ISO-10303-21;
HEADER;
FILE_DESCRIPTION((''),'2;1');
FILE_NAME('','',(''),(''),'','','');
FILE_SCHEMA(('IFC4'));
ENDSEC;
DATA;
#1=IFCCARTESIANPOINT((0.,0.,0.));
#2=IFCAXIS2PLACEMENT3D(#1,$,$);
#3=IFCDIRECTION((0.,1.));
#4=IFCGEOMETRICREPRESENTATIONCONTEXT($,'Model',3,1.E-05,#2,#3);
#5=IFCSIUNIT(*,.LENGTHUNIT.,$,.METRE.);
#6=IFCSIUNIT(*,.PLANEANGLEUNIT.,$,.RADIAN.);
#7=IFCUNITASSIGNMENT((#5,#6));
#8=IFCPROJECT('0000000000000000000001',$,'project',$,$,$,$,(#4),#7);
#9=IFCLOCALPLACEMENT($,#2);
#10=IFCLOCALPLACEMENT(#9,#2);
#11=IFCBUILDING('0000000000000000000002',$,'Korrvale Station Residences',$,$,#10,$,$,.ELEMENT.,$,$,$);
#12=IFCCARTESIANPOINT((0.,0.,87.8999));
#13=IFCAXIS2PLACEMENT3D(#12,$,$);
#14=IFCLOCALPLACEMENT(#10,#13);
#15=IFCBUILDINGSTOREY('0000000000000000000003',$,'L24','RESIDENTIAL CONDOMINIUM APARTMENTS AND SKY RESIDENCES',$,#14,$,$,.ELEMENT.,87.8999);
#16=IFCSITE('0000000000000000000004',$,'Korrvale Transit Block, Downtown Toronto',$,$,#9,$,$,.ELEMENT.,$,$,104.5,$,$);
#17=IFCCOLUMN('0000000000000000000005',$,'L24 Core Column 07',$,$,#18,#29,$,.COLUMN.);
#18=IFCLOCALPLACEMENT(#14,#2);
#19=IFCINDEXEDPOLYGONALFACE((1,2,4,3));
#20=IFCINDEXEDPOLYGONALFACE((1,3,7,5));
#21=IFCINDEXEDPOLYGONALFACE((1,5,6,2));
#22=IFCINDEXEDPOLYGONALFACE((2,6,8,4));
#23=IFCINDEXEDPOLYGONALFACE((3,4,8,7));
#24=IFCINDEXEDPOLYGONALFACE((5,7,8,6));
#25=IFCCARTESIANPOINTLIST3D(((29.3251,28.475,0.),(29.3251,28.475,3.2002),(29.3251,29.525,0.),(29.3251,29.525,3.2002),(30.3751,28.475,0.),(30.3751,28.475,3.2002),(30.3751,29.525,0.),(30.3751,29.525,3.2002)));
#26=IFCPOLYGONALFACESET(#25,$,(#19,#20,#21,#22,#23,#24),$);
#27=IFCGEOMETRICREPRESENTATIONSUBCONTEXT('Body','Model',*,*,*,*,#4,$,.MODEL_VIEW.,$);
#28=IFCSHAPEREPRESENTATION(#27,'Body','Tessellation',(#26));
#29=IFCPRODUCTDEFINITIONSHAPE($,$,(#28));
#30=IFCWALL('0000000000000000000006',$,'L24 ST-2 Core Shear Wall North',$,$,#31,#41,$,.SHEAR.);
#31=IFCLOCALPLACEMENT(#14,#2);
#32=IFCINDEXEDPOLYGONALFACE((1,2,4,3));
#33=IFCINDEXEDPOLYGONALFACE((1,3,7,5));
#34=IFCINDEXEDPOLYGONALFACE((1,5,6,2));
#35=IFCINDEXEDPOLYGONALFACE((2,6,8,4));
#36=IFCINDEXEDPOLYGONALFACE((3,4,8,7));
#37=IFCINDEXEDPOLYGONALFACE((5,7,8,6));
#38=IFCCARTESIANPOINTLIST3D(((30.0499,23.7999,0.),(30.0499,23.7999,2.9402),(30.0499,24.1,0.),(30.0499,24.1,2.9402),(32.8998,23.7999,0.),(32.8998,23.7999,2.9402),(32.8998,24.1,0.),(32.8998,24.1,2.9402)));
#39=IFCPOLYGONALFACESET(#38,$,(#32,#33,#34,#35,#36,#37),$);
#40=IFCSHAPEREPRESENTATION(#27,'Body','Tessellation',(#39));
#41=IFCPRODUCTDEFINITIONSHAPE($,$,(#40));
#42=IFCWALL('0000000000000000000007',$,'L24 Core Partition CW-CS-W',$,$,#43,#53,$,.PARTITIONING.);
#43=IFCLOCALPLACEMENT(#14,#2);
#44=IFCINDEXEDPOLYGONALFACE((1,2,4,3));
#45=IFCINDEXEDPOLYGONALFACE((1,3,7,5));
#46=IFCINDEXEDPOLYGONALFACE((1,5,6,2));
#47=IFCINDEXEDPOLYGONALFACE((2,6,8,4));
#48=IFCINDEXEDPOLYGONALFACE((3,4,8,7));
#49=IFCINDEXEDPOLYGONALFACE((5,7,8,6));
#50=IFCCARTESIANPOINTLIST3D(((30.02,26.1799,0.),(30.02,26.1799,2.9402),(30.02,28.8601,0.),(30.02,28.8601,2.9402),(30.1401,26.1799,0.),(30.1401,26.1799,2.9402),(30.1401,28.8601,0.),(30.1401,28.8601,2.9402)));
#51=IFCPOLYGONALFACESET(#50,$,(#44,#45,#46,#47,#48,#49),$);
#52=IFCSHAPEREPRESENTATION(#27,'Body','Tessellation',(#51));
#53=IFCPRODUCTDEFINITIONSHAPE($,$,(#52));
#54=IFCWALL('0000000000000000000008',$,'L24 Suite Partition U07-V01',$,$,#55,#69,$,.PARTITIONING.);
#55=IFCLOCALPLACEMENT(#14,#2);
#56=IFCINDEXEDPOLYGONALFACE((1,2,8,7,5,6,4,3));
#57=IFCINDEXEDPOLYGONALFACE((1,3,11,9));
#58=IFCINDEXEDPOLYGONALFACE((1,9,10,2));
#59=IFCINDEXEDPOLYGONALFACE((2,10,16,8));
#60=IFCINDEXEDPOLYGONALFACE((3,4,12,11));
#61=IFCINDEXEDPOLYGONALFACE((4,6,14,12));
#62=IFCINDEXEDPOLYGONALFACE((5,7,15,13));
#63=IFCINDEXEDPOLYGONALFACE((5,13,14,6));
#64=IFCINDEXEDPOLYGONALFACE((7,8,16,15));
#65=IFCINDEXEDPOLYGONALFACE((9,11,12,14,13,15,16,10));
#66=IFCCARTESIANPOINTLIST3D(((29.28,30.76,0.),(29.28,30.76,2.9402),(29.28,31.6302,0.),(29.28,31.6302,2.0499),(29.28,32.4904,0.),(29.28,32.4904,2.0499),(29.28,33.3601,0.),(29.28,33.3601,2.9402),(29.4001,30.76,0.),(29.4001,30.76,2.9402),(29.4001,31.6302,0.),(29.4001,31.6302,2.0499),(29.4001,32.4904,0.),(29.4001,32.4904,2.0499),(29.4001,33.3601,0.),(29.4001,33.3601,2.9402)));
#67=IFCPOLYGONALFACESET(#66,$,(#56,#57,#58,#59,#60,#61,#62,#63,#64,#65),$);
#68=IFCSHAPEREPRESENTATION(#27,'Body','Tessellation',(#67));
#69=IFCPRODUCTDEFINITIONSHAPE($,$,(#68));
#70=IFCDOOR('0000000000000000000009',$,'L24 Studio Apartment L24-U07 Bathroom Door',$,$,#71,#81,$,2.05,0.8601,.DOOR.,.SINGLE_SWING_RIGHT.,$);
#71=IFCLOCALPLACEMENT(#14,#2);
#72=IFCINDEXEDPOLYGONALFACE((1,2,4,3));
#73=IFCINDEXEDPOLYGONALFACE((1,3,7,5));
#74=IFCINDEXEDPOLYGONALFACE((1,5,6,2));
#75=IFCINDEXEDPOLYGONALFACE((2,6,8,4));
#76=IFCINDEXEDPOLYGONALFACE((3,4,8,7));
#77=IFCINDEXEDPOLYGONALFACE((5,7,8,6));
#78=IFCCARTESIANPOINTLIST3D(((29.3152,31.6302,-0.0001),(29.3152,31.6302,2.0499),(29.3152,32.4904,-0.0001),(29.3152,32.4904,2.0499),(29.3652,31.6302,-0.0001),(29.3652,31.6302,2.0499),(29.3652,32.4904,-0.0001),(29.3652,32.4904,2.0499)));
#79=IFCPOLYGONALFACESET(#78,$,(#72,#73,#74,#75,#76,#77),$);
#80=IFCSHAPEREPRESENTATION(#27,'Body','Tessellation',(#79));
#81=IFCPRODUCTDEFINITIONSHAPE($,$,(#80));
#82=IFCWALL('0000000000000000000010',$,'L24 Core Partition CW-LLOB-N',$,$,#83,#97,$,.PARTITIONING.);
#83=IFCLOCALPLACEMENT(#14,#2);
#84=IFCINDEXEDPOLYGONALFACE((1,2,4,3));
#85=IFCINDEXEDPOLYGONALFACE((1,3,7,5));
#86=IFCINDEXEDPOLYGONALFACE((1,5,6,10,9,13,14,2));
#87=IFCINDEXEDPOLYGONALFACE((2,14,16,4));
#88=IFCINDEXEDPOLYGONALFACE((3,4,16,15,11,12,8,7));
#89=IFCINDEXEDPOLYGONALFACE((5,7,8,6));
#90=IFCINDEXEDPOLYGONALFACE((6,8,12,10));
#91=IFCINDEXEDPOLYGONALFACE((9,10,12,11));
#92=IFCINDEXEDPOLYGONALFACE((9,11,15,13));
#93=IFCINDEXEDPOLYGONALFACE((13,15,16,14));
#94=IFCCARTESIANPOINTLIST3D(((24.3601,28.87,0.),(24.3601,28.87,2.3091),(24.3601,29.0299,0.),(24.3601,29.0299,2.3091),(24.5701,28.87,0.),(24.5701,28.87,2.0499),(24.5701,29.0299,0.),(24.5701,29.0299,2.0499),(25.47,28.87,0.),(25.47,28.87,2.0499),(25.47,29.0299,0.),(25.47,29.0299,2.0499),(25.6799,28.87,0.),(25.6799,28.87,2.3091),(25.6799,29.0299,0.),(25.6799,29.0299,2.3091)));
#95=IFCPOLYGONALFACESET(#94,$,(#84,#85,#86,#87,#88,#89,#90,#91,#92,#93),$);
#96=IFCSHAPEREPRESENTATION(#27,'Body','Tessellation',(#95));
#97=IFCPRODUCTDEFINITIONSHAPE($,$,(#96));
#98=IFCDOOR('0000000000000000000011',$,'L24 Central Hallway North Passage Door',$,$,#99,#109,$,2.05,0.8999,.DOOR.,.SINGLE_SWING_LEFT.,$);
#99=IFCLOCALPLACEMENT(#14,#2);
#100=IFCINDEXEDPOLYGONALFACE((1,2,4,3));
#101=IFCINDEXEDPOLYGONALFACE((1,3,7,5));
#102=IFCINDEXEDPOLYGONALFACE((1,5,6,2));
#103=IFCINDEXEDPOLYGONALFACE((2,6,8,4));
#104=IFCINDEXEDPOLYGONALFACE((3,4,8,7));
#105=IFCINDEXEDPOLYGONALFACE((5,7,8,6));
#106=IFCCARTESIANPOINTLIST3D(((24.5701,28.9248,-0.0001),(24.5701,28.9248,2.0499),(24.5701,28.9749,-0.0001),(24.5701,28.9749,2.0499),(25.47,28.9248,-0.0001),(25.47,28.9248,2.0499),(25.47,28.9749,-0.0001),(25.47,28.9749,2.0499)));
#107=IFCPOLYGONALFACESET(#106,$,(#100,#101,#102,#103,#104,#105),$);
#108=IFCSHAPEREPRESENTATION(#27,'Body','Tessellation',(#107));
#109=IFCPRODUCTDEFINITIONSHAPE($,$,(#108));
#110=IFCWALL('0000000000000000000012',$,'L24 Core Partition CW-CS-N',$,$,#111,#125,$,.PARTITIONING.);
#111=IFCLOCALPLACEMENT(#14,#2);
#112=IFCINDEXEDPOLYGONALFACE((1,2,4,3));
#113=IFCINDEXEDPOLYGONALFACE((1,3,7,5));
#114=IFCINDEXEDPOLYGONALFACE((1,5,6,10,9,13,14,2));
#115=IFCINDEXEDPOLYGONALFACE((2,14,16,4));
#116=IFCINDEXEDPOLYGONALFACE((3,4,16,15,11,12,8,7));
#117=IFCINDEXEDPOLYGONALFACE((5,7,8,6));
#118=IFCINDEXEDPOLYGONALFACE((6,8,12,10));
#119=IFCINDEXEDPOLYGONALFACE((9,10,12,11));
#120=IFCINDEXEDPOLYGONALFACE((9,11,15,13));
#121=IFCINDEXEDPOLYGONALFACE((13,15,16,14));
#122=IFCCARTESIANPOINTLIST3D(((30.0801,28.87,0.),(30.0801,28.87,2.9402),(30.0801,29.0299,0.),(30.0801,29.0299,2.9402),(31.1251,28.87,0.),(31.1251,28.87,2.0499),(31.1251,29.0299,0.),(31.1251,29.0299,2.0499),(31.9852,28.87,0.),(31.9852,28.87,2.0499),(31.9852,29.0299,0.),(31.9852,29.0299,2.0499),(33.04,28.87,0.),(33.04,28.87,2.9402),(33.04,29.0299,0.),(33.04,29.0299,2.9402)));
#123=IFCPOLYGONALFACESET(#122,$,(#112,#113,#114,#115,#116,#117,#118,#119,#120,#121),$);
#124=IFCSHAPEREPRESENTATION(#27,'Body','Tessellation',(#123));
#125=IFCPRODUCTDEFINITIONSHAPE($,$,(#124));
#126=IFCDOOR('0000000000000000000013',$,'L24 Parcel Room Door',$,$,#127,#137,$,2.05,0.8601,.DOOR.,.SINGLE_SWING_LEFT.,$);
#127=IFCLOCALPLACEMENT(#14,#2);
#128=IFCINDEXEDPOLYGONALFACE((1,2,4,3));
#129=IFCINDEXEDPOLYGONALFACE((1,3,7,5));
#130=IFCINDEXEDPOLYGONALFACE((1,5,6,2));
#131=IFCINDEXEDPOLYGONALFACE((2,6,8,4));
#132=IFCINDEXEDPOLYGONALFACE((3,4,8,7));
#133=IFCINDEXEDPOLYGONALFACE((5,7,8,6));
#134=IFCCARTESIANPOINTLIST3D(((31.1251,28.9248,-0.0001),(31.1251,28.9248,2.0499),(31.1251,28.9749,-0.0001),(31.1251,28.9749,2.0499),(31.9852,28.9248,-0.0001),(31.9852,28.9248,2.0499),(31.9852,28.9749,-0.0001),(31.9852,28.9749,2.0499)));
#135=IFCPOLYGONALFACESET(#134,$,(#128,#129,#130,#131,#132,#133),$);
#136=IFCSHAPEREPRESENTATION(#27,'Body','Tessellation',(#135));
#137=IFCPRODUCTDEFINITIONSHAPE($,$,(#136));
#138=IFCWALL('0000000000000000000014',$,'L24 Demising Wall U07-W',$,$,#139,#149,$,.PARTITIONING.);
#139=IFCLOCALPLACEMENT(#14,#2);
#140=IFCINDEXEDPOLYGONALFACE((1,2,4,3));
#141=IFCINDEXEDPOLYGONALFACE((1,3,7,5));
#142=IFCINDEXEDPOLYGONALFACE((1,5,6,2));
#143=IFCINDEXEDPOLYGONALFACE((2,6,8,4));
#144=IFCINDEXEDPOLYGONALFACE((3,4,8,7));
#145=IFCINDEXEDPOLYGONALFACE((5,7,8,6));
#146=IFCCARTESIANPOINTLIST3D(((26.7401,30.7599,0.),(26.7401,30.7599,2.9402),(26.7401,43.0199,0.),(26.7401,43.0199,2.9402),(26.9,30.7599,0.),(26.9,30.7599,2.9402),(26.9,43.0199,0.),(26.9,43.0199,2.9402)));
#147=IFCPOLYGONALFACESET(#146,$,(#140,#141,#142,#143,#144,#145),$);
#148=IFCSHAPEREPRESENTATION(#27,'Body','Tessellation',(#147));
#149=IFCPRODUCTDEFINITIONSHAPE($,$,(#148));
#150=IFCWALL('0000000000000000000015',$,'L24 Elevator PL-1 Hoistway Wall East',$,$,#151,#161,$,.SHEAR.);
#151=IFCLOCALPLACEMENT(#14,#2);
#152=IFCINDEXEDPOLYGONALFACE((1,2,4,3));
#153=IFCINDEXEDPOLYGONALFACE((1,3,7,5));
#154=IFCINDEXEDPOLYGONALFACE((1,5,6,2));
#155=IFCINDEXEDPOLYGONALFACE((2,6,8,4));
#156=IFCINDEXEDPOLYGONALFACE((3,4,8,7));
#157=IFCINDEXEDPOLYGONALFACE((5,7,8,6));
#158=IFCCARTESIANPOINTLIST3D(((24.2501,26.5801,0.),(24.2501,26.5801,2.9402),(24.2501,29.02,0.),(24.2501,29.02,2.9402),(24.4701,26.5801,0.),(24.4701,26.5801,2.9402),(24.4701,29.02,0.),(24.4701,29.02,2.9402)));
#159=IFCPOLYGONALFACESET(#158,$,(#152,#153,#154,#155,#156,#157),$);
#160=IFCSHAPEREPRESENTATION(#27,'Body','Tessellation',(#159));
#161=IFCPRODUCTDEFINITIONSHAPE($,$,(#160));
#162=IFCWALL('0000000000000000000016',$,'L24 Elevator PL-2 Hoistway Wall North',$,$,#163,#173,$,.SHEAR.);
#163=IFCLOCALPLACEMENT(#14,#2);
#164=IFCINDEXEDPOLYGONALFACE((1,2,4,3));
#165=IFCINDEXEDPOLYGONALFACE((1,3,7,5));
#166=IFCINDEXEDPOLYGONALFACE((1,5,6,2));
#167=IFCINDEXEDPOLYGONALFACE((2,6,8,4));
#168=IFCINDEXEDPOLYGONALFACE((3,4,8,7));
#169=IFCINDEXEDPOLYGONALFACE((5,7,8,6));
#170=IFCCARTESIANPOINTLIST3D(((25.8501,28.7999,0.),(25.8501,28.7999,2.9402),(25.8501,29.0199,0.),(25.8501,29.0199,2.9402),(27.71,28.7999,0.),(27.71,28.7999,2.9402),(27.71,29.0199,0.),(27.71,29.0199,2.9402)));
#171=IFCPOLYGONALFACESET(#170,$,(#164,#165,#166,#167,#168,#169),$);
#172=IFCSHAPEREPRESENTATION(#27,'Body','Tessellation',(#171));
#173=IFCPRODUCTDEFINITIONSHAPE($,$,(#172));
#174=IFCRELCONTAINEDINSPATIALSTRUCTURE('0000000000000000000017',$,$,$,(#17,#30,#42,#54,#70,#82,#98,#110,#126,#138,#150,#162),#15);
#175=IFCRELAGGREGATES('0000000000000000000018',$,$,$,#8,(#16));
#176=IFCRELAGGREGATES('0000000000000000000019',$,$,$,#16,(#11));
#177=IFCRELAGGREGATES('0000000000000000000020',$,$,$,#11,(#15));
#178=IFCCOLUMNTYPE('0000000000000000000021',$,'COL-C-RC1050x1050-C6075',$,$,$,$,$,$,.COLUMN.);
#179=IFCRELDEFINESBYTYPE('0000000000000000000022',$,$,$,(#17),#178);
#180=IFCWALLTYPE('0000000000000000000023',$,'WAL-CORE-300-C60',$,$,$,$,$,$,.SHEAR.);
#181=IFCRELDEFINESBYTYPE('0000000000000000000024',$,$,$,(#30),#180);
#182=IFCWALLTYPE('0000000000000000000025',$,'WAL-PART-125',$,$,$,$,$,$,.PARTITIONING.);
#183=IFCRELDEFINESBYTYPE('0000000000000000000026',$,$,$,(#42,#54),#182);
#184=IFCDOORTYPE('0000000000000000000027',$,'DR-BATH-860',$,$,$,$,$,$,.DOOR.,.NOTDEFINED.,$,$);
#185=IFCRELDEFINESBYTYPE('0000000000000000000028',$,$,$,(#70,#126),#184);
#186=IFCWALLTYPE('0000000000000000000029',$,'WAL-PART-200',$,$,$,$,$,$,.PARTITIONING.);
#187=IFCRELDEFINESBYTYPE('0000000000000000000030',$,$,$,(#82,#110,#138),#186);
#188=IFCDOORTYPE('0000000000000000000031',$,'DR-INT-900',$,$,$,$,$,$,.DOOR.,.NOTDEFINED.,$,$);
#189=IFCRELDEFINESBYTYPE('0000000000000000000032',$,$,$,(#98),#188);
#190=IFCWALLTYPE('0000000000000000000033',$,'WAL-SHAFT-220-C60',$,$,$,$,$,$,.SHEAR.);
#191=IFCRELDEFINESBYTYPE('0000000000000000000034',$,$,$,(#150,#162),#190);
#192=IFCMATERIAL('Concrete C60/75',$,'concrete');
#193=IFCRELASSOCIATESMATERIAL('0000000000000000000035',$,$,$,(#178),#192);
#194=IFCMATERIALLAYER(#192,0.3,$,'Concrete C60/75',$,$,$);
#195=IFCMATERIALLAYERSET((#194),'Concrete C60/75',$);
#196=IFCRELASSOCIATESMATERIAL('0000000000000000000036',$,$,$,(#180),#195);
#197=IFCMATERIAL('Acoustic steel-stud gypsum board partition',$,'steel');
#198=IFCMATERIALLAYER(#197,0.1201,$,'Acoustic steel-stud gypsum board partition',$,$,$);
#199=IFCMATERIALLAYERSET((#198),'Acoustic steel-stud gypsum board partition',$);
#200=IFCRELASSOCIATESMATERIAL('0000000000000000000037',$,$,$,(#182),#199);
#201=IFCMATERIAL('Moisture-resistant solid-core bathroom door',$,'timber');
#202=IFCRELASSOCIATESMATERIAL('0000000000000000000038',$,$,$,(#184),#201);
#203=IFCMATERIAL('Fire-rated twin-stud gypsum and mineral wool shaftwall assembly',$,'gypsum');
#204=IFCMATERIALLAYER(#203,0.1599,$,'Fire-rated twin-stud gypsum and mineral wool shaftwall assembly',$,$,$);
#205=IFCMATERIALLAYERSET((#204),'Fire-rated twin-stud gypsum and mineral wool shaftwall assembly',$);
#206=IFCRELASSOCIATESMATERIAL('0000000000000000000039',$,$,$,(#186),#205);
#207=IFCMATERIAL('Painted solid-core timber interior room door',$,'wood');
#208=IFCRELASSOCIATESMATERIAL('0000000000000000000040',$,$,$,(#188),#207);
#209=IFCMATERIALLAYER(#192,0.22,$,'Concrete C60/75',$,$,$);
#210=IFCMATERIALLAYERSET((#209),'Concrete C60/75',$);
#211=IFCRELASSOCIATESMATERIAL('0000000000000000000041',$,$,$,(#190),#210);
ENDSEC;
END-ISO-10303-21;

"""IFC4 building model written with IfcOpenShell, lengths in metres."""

from ifc_helpers import new_model, si_unit, direction, frame, frame_2d, origin, origin_2d, place, context, subcontext, project, spatial, rectangle, extrude, material, layer, layer_set, material_profile, profile_set, type_object, element, fill, save


model = new_model("IFC4")

# Units and contexts
model_context = context("Model", 3, precision=1e-05, world=origin(), true_north=direction((0.0, 1.0)))
body_context = subcontext(model_context, "Body", "Model", "MODEL_VIEW")
ifc_project = project(units=[si_unit("LENGTHUNIT", "METRE"), si_unit("PLANEANGLEUNIT", "RADIAN")], contexts=[model_context])

# Site, building, storey
site_placement = place(None, origin())
site = spatial("IfcSite", under=ifc_project, at=site_placement, Name="Korrvale Transit Block, Downtown Toronto", CompositionType="ELEMENT", RefElevation=104.5)
building_placement = place(site_placement, origin())
building = spatial("IfcBuilding", under=site, at=building_placement, Name="Korrvale Station Residences", CompositionType="ELEMENT")
storey_placement = place(building_placement, frame((0.0, 0.0, 87.8999)))
storey = spatial("IfcBuildingStorey", under=building, at=storey_placement, Name="L24", Description="RESIDENTIAL CONDOMINIUM APARTMENTS AND SKY RESIDENCES", CompositionType="ELEMENT", Elevation=87.8999)

# Column
ifc_material_1 = material(Name="Concrete C60/75", Category="concrete")
ifc_material_profile = material_profile(ifc_material_1, rectangle(XDim=1.05, YDim=1.05, at=origin_2d()), Name="RC1050x1050")
ifc_profile_set = profile_set([ifc_material_profile], Name="Concrete C60/75")
column_type = type_object("IfcColumnType", Name="COL-C-RC1050x1050-C6075", PredefinedType="COLUMN", material=ifc_profile_set)
column_placement = place(storey_placement, frame((29.8501, 29.0, 0.0), z_axis=(0.0, 0.0, 1.0), x_axis=(1.0, 0.0, 0.0)))
element("IfcColumn", 1, at=column_placement, inside=storey, type_object=column_type, Name="L24 Core Column 07", PredefinedType="COLUMN", context=body_context, shape_type="SweptSolid", body=[
    extrude(rectangle(XDim=1.05, YDim=1.05, at=origin_2d()), origin(), (0.0, 0.0, 1.0), 3.2002),
])

# Walls
ifc_layer_1 = layer(ifc_material_1, 0.3, Name="Concrete C60/75")
ifc_layer_set_1 = layer_set([ifc_layer_1], Name="Concrete C60/75")
wall_type_1 = type_object("IfcWallType", Name="WAL-CORE-300-C60", PredefinedType="SHEAR", material=ifc_layer_set_1)
wall_1_placement = place(storey_placement, frame((30.05, 23.95, 0.0), z_axis=(0.0, 0.0, 1.0), x_axis=(1.0, 0.0, 0.0)))
element("IfcWall", 2, at=wall_1_placement, inside=storey, type_object=wall_type_1, Name="L24 ST-2 Core Shear Wall North", PredefinedType="SHEAR", context=body_context, shape_type="SweptSolid", body=[
    extrude(rectangle(XDim=2.8499, YDim=0.3, at=frame_2d((1.4248, 0.0))), origin(), (0.0, 0.0, 1.0), 2.9402),
])
ifc_material_2 = material(Name="Acoustic steel-stud gypsum board partition", Category="steel")
ifc_layer_2 = layer(ifc_material_2, 0.1201, Name="Acoustic steel-stud gypsum board partition")
ifc_layer_set_2 = layer_set([ifc_layer_2], Name="Acoustic steel-stud gypsum board partition")
wall_type_2 = type_object("IfcWallType", Name="WAL-PART-125", PredefinedType="PARTITIONING", material=ifc_layer_set_2)
wall_2_placement = place(storey_placement, frame((30.0801, 26.1799, 0.0), z_axis=(0.0, 0.0, 1.0), x_axis=(0.0, 1.0, 0.0)))
element("IfcWall", 3, at=wall_2_placement, inside=storey, type_object=wall_type_2, Name="L24 Core Partition CW-CS-W", PredefinedType="PARTITIONING", context=body_context, shape_type="SweptSolid", body=[
    extrude(rectangle(XDim=2.6802, YDim=0.1201, at=frame_2d((1.3401, 0.0))), origin(), (0.0, 0.0, 1.0), 2.9402),
])

# Walls, openings, doors
wall_3_placement = place(storey_placement, frame((29.3401, 30.76, 0.0), z_axis=(0.0, 0.0, 1.0), x_axis=(0.0, 1.0, 0.0)))
wall_3 = element("IfcWall", 4, at=wall_3_placement, inside=storey, type_object=wall_type_2, Name="L24 Suite Partition U07-V01", PredefinedType="PARTITIONING", context=body_context, shape_type="SweptSolid", body=[
    extrude(rectangle(XDim=2.6001, YDim=0.1201, at=frame_2d((1.3, 0.0))), origin(), (0.0, 0.0, 1.0), 2.9402),
])
opening_1_placement = place(wall_3_placement, frame((0.8701, 0.0, 0.0)))
opening_1 = element("IfcOpeningElement", 5, at=opening_1_placement, cuts=wall_3, PredefinedType="OPENING", context=body_context, shape_type="SweptSolid", body=[
    extrude(rectangle(XDim=0.8601, YDim=2.05, at=frame_2d((0.4302, 1.0249))), frame((0.0, 0.0701, 0.0), z_axis=(0.0, -1.0, 0.0), x_axis=(1.0, 0.0, 0.0)), (0.0, 0.0, 1.0), 0.1401),
])
ifc_material_3 = material(Name="Moisture-resistant solid-core bathroom door", Category="timber")
door_type_1 = type_object("IfcDoorType", Name="DR-BATH-860", OperationType="NOTDEFINED", PredefinedType="DOOR", material=ifc_material_3)
door_1_placement = place(opening_1_placement, origin())
door_1 = element("IfcDoor", 6, at=door_1_placement, inside=storey, type_object=door_type_1, Name="L24 Studio Apartment L24-U07 Bathroom Door", OperationType="SINGLE_SWING_RIGHT", OverallHeight=2.05, OverallWidth=0.8601, PredefinedType="DOOR", context=body_context, shape_type="SweptSolid", body=[
    extrude(rectangle(XDim=0.8601, YDim=2.05, at=frame_2d((0.4302, 1.0249))), frame((0.0, 0.0249, 0.0), z_axis=(0.0, -1.0, 0.0), x_axis=(1.0, 0.0, 0.0)), (0.0, 0.0, 1.0), 0.05),
])
fill(opening_1, door_1)
ifc_material_4 = material(Name="Fire-rated twin-stud gypsum and mineral wool shaftwall assembly", Category="gypsum")
ifc_layer_3 = layer(ifc_material_4, 0.1599, Name="Fire-rated twin-stud gypsum and mineral wool shaftwall assembly")
ifc_layer_set_3 = layer_set([ifc_layer_3], Name="Fire-rated twin-stud gypsum and mineral wool shaftwall assembly")
wall_type_3 = type_object("IfcWallType", Name="WAL-PART-200", PredefinedType="PARTITIONING", material=ifc_layer_set_3)
wall_4_placement = place(storey_placement, frame((24.3601, 28.95, 0.0), z_axis=(0.0, 0.0, 1.0), x_axis=(1.0, 0.0, 0.0)))
wall_4 = element("IfcWall", 7, at=wall_4_placement, inside=storey, type_object=wall_type_3, Name="L24 Core Partition CW-LLOB-N", PredefinedType="PARTITIONING", context=body_context, shape_type="SweptSolid", body=[
    extrude(rectangle(XDim=1.3198, YDim=0.1599, at=frame_2d((0.6599, 0.0))), origin(), (0.0, 0.0, 1.0), 2.3091),
])
opening_2_placement = place(wall_4_placement, frame((0.21, 0.0, 0.0)))
opening_2 = element("IfcOpeningElement", 8, at=opening_2_placement, cuts=wall_4, PredefinedType="OPENING", context=body_context, shape_type="SweptSolid", body=[
    extrude(rectangle(XDim=0.8999, YDim=2.05, at=frame_2d((0.45, 1.0249))), frame((0.0, 0.0898, 0.0), z_axis=(0.0, -1.0, 0.0), x_axis=(1.0, 0.0, 0.0)), (0.0, 0.0, 1.0), 0.1799),
])
ifc_material_5 = material(Name="Painted solid-core timber interior room door", Category="wood")
door_type_2 = type_object("IfcDoorType", Name="DR-INT-900", OperationType="NOTDEFINED", PredefinedType="DOOR", material=ifc_material_5)
door_2_placement = place(opening_2_placement, origin())
door_2 = element("IfcDoor", 9, at=door_2_placement, inside=storey, type_object=door_type_2, Name="L24 Central Hallway North Passage Door", OperationType="SINGLE_SWING_LEFT", OverallHeight=2.05, OverallWidth=0.8999, PredefinedType="DOOR", context=body_context, shape_type="SweptSolid", body=[
    extrude(rectangle(XDim=0.8999, YDim=2.05, at=frame_2d((0.45, 1.0249))), frame((0.0, 0.0249, 0.0), z_axis=(0.0, -1.0, 0.0), x_axis=(1.0, 0.0, 0.0)), (0.0, 0.0, 1.0), 0.05),
])
fill(opening_2, door_2)
wall_5_placement = place(storey_placement, frame((30.0801, 28.95, 0.0), z_axis=(0.0, 0.0, 1.0), x_axis=(1.0, 0.0, 0.0)))
wall_5 = element("IfcWall", 10, at=wall_5_placement, inside=storey, type_object=wall_type_3, Name="L24 Core Partition CW-CS-N", PredefinedType="PARTITIONING", context=body_context, shape_type="SweptSolid", body=[
    extrude(rectangle(XDim=2.96, YDim=0.1599, at=frame_2d((1.48, 0.0))), origin(), (0.0, 0.0, 1.0), 2.9402),
])
opening_3_placement = place(wall_5_placement, frame((1.0449, 0.0, 0.0)))
opening_3 = element("IfcOpeningElement", 11, at=opening_3_placement, cuts=wall_5, PredefinedType="OPENING", context=body_context, shape_type="SweptSolid", body=[
    extrude(rectangle(XDim=0.8601, YDim=2.05, at=frame_2d((0.4302, 1.0249))), frame((0.0, 0.0898, 0.0), z_axis=(0.0, -1.0, 0.0), x_axis=(1.0, 0.0, 0.0)), (0.0, 0.0, 1.0), 0.1799),
])
door_3_placement = place(opening_3_placement, origin())
door_3 = element("IfcDoor", 12, at=door_3_placement, inside=storey, type_object=door_type_1, Name="L24 Parcel Room Door", OperationType="SINGLE_SWING_LEFT", OverallHeight=2.05, OverallWidth=0.8601, PredefinedType="DOOR", context=body_context, shape_type="SweptSolid", body=[
    extrude(rectangle(XDim=0.8601, YDim=2.05, at=frame_2d((0.4302, 1.0249))), frame((0.0, 0.0249, 0.0), z_axis=(0.0, -1.0, 0.0), x_axis=(1.0, 0.0, 0.0)), (0.0, 0.0, 1.0), 0.05),
])
fill(opening_3, door_3)

# Walls
wall_6_placement = place(storey_placement, frame((26.8201, 30.76, 0.0), z_axis=(0.0, 0.0, 1.0), x_axis=(0.0, 1.0, 0.0)))
element("IfcWall", 13, at=wall_6_placement, inside=storey, type_object=wall_type_3, Name="L24 Demising Wall U07-W", PredefinedType="PARTITIONING", context=body_context, shape_type="SweptSolid", body=[
    extrude(rectangle(XDim=12.26, YDim=0.1599, at=frame_2d((6.1299, 0.0))), origin(), (0.0, 0.0, 1.0), 2.9402),
])
ifc_layer_4 = layer(ifc_material_1, 0.22, Name="Concrete C60/75")
ifc_layer_set_4 = layer_set([ifc_layer_4], Name="Concrete C60/75")
wall_type_4 = type_object("IfcWallType", Name="WAL-SHAFT-220-C60", PredefinedType="SHEAR", material=ifc_layer_set_4)
wall_7_placement = place(storey_placement, frame((24.3601, 26.5801, 0.0), z_axis=(0.0, 0.0, 1.0), x_axis=(0.0, 1.0, 0.0)))
element("IfcWall", 14, at=wall_7_placement, inside=storey, type_object=wall_type_4, Name="L24 Elevator PL-1 Hoistway Wall East", PredefinedType="SHEAR", context=body_context, shape_type="SweptSolid", body=[
    extrude(rectangle(XDim=2.4399, YDim=0.22, at=frame_2d((1.22, 0.0))), origin(), (0.0, 0.0, 1.0), 2.9402),
])

# Wall
wall_8_placement = place(storey_placement, frame((25.8501, 28.9099, 0.0), z_axis=(0.0, 0.0, 1.0), x_axis=(1.0, 0.0, 0.0)))
element("IfcWall", 15, at=wall_8_placement, inside=storey, type_object=wall_type_4, Name="L24 Elevator PL-2 Hoistway Wall North", PredefinedType="SHEAR", context=body_context, shape_type="SweptSolid", body=[
    extrude(rectangle(XDim=1.8599, YDim=0.22, at=frame_2d((0.9299, 0.0))), origin(), (0.0, 0.0, 1.0), 2.9402),
])

save(model, "model.ifc")
